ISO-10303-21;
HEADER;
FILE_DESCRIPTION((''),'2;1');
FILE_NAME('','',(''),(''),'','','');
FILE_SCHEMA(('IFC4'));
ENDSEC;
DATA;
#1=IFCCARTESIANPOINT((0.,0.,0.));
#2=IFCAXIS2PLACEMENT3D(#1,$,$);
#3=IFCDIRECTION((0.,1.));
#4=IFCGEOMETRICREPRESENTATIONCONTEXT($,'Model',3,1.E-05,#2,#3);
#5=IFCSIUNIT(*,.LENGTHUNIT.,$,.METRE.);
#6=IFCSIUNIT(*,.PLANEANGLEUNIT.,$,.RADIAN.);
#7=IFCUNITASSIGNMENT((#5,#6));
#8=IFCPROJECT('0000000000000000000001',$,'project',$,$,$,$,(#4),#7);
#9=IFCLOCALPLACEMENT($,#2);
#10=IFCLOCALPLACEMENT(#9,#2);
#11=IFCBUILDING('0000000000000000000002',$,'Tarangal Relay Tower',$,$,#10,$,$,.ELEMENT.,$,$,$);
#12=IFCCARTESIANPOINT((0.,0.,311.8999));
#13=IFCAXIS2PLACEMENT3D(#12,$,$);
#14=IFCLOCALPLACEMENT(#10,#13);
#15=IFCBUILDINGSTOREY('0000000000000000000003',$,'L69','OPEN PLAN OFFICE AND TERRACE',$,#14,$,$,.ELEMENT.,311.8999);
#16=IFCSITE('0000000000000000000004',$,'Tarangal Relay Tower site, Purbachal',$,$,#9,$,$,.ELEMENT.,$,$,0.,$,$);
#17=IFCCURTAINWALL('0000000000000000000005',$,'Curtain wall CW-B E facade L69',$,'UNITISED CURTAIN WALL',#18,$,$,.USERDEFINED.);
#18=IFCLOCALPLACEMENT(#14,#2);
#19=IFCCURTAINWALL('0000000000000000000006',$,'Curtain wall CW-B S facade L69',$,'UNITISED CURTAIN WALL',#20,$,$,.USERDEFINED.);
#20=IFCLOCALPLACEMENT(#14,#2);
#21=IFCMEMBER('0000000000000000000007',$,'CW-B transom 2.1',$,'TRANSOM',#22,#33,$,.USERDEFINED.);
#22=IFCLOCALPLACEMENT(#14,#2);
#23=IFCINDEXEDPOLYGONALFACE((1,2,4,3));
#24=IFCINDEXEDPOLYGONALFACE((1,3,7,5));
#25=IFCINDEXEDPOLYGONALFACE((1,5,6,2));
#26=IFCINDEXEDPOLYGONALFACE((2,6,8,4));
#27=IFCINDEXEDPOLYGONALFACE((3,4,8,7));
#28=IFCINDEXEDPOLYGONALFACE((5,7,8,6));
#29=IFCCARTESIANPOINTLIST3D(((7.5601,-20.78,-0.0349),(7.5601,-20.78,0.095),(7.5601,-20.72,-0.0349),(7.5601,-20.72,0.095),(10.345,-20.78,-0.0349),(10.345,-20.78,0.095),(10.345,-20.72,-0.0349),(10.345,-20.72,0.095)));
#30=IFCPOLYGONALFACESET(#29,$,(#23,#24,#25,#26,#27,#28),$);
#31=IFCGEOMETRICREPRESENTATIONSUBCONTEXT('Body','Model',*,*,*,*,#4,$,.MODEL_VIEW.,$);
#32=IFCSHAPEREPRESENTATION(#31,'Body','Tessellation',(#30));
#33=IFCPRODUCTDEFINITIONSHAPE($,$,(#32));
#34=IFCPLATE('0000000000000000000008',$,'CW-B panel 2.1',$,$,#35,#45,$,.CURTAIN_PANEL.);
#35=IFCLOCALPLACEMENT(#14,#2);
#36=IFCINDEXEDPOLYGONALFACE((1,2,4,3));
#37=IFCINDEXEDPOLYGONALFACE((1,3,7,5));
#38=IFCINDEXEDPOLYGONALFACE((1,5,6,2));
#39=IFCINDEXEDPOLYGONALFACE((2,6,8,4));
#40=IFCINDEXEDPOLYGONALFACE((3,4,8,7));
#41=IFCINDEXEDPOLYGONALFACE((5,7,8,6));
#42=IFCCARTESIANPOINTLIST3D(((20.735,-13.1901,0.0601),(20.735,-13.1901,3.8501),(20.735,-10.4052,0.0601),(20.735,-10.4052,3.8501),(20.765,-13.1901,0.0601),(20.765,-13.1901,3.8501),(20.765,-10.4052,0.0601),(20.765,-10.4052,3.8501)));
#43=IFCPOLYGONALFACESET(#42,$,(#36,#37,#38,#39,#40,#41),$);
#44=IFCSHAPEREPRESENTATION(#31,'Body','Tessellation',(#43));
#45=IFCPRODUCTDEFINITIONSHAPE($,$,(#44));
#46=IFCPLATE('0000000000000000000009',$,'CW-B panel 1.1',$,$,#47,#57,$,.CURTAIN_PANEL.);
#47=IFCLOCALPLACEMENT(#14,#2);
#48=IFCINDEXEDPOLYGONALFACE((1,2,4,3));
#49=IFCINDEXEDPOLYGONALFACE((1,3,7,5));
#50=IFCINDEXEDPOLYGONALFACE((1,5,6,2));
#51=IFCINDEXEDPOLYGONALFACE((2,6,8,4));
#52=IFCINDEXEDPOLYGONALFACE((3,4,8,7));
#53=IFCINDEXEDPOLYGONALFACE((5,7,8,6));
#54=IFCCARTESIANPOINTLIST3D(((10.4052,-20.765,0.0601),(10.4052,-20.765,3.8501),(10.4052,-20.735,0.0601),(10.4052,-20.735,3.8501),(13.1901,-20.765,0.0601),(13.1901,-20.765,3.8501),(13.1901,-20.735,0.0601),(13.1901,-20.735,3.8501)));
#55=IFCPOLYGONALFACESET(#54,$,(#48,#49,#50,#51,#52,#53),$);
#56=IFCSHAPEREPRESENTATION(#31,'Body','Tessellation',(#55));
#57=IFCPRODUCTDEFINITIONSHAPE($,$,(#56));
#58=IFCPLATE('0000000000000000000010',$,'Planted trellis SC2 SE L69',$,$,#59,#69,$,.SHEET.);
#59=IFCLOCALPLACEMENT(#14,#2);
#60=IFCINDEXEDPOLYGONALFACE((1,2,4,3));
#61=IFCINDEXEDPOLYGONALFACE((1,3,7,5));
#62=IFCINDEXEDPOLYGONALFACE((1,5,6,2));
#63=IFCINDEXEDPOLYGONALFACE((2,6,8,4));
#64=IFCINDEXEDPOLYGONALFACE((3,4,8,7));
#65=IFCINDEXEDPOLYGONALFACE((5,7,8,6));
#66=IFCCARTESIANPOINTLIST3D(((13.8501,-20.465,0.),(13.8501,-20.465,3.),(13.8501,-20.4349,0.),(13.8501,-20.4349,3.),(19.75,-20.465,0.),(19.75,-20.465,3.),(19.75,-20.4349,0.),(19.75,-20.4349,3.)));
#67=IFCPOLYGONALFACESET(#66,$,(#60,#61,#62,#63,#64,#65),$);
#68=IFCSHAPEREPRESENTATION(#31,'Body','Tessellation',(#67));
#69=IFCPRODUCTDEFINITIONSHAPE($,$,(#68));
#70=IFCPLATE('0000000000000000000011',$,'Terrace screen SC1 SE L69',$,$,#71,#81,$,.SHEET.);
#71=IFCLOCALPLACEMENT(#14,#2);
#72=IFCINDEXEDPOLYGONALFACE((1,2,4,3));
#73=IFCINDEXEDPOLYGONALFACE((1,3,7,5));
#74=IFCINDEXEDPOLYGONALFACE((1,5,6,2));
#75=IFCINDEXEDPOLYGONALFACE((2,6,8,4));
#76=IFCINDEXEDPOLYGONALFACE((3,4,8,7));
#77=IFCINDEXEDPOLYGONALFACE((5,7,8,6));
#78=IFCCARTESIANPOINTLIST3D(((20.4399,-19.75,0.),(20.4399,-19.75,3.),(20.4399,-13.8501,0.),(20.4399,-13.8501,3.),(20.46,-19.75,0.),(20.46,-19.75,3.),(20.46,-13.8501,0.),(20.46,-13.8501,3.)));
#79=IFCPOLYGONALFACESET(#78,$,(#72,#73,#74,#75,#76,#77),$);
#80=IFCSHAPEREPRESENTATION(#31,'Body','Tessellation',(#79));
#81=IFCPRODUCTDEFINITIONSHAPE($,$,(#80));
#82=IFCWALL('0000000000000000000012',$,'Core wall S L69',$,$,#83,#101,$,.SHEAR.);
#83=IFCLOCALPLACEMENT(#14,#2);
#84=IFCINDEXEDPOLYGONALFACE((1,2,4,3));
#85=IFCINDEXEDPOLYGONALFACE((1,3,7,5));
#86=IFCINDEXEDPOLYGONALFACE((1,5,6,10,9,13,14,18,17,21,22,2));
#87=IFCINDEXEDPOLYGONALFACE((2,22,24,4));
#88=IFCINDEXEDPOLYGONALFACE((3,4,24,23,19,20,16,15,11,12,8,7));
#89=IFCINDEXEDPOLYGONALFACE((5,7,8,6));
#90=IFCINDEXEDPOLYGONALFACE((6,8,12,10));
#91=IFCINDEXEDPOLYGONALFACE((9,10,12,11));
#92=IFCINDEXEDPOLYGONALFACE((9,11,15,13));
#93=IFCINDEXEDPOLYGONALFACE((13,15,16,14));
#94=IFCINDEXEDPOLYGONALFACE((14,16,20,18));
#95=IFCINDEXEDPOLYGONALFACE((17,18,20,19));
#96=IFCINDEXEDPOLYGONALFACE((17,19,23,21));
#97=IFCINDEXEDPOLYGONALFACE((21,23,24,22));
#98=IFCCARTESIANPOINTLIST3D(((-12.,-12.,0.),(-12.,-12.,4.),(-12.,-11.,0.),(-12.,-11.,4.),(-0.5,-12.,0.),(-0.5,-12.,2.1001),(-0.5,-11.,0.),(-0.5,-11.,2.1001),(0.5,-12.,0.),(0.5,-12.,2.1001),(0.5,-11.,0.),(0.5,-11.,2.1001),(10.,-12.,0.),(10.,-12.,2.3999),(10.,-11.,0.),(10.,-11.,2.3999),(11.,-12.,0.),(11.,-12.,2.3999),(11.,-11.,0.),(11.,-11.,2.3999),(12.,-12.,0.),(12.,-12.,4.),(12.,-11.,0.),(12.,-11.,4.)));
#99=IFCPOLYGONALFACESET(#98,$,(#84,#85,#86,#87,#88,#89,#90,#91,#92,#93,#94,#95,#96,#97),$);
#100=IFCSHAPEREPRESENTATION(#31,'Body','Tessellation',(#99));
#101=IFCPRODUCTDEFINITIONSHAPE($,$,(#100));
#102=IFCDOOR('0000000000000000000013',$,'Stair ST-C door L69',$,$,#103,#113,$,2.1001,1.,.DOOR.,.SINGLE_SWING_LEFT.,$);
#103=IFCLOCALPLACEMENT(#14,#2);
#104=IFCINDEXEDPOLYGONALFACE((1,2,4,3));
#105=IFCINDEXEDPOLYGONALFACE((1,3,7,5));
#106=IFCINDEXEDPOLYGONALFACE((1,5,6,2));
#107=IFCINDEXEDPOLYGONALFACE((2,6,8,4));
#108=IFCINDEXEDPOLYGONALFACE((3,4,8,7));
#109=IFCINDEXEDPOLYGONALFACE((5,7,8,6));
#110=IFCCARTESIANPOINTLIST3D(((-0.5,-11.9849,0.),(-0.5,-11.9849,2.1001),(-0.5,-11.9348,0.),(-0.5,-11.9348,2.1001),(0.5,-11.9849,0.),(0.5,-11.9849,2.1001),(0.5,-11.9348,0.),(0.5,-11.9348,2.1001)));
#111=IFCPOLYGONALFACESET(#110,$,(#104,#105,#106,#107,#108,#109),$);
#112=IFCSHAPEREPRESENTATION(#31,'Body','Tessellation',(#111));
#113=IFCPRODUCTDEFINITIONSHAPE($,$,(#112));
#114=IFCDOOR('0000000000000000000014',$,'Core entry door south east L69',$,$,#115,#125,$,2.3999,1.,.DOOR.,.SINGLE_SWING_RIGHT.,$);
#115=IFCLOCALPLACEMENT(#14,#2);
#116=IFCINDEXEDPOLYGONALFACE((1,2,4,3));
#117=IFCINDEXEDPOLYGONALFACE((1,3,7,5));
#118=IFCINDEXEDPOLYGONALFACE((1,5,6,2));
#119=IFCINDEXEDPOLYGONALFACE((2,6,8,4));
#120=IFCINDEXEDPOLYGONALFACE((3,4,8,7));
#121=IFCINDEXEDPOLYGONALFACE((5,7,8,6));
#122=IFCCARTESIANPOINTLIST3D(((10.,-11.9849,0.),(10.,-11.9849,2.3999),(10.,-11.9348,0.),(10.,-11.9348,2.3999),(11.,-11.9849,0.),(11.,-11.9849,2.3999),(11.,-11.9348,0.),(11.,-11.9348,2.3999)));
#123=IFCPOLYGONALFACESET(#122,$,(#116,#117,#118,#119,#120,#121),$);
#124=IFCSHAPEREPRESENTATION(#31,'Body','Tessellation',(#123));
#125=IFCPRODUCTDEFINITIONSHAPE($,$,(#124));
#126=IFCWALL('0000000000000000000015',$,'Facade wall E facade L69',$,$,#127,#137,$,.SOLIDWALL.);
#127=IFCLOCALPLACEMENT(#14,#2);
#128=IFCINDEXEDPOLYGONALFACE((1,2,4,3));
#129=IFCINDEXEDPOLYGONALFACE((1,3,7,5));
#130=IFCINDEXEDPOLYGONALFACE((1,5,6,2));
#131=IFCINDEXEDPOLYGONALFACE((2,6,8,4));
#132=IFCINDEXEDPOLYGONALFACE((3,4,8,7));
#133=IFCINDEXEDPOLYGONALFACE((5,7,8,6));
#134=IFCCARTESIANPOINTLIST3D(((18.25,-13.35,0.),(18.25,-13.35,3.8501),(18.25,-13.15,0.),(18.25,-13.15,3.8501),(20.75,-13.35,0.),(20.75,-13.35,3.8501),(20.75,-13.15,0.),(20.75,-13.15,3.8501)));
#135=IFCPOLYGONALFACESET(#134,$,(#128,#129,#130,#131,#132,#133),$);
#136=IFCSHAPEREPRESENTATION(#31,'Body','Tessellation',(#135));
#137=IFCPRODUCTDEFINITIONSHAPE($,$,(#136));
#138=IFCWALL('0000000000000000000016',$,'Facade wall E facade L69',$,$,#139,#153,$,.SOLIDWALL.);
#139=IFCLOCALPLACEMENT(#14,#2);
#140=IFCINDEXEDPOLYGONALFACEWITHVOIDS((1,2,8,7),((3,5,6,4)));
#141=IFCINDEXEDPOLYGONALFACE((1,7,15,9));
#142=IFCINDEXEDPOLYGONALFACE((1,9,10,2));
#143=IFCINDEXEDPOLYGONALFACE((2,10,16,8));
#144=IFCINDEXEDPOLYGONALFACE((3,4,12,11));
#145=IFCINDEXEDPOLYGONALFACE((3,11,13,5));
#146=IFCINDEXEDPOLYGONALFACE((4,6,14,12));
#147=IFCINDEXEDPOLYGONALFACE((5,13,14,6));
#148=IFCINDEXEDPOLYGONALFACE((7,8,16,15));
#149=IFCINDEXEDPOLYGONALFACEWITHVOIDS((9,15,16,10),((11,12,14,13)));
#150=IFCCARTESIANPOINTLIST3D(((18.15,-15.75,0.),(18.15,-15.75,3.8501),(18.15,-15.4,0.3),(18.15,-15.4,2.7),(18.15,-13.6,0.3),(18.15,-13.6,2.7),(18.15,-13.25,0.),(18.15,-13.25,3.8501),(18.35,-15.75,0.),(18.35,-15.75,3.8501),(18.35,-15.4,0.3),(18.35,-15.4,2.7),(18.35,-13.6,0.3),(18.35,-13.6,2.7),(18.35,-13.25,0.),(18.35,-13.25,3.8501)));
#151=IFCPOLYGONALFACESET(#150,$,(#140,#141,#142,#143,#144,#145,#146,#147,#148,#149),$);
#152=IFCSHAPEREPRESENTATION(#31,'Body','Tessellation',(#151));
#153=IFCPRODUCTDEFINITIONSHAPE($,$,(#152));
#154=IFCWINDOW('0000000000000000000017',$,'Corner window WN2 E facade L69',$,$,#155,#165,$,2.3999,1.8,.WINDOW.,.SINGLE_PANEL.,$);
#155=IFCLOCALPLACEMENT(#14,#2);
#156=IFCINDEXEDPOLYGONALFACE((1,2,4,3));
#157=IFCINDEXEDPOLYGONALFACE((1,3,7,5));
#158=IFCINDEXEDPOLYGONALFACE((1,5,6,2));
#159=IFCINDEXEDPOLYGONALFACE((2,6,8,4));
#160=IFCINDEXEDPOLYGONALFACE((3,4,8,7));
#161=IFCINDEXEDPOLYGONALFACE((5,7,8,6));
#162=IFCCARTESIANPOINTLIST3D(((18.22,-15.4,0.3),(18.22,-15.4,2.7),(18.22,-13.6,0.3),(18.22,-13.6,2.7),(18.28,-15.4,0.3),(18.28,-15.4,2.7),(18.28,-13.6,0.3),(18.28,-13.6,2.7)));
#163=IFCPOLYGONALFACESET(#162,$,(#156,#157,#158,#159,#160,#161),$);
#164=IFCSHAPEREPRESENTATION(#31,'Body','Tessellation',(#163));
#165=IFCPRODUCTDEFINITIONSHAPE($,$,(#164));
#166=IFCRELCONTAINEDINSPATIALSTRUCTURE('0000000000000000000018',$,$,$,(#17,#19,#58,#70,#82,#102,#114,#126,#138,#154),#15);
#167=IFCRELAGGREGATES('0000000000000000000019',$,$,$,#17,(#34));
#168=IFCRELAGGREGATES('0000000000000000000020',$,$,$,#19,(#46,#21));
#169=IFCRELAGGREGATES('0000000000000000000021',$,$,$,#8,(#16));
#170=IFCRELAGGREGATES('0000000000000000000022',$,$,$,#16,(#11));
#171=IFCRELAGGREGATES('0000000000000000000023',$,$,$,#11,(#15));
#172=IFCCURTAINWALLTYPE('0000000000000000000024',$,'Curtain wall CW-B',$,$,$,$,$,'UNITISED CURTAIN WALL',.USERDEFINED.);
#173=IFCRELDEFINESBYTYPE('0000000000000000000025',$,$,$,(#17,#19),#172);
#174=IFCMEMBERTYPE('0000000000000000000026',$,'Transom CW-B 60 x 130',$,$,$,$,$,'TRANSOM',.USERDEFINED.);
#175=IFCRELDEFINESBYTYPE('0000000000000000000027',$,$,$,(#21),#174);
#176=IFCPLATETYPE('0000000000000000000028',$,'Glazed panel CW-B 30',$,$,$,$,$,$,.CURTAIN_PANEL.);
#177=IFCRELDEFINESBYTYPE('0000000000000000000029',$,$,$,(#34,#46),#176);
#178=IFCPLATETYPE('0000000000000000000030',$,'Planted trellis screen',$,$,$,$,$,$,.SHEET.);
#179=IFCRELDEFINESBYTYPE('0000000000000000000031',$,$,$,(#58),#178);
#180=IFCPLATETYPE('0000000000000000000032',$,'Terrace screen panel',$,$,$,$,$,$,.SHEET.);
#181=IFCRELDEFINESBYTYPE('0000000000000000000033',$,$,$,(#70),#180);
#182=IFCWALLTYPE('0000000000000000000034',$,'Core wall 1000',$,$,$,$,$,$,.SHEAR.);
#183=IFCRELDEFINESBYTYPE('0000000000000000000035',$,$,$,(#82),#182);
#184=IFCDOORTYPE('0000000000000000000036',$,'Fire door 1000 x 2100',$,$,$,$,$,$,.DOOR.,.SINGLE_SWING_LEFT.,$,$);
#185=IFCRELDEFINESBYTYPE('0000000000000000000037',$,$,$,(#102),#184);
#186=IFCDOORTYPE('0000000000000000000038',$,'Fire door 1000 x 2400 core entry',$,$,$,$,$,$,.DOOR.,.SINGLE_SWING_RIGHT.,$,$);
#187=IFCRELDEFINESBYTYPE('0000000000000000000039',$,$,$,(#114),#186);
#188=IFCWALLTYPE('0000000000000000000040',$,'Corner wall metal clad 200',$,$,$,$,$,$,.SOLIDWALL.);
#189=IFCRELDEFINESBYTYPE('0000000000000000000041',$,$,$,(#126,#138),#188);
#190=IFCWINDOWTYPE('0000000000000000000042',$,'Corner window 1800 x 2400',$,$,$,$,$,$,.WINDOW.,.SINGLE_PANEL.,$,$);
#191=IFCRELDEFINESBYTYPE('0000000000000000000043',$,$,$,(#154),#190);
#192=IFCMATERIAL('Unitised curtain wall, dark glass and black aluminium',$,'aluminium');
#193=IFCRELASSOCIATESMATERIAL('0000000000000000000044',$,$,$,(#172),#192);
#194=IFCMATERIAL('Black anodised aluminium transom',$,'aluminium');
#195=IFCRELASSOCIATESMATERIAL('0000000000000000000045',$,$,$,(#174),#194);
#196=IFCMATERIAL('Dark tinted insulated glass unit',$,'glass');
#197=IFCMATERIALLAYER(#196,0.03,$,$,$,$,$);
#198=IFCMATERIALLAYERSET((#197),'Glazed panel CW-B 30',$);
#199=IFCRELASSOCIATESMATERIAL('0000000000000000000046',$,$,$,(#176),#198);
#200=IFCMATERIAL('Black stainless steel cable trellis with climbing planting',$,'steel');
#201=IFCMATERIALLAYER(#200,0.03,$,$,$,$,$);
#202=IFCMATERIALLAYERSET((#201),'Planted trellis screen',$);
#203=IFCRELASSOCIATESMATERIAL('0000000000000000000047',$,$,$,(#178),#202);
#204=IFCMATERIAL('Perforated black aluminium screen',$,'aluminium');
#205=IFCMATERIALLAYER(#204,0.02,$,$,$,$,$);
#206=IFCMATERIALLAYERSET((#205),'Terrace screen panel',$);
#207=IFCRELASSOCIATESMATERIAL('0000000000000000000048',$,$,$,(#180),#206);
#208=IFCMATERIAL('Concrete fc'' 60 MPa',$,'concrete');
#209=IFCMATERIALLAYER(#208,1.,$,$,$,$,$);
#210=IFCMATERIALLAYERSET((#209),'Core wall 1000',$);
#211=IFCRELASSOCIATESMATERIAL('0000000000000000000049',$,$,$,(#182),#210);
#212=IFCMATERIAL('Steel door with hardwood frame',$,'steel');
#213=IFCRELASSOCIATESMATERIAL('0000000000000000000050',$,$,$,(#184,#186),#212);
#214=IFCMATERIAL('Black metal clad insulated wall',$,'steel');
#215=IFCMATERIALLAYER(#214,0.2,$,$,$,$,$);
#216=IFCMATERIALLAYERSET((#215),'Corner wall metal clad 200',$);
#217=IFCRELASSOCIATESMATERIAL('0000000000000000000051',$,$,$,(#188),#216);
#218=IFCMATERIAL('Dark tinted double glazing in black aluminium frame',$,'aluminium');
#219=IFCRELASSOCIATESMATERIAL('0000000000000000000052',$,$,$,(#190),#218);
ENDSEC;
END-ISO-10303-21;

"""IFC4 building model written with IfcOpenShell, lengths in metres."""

from ifc_helpers import new_model, si_unit, direction, frame, frame_2d, origin, origin_2d, place, context, subcontext, project, spatial, rectangle, extrude, material, layer, layer_set, material_profile, profile_set, type_object, element, fill, aggregate, save


model = new_model("IFC4")

# Units and contexts
model_context = context("Model", 3, precision=1e-05, world=origin(), true_north=direction((0.0, 1.0)))
body_context = subcontext(model_context, "Body", "Model", "MODEL_VIEW")
ifc_project = project(units=[si_unit("LENGTHUNIT", "METRE"), si_unit("PLANEANGLEUNIT", "RADIAN")], contexts=[model_context])

# Site, building, storey
site_placement = place(None, origin())
site = spatial("IfcSite", under=ifc_project, at=site_placement, Name="Tarangal Relay Tower site, Purbachal", CompositionType="ELEMENT", RefElevation=0.0)
building_placement = place(site_placement, origin())
building = spatial("IfcBuilding", under=site, at=building_placement, Name="Tarangal Relay Tower", CompositionType="ELEMENT")
storey_placement = place(building_placement, frame((0.0, 0.0, 311.8999)))
storey = spatial("IfcBuildingStorey", under=building, at=storey_placement, Name="L69", Description="OPEN PLAN OFFICE AND TERRACE", CompositionType="ELEMENT", Elevation=311.8999)

# Curtain wall
ifc_material_1 = material(Name="Unitised curtain wall, dark glass and black aluminium", Category="aluminium")
curtain_wall_type = type_object("IfcCurtainWallType", Name="Curtain wall CW-B", ElementType="UNITISED CURTAIN WALL", PredefinedType="USERDEFINED", material=ifc_material_1)
curtain_wall_1_placement = place(storey_placement, origin())
curtain_wall_1 = element("IfcCurtainWall", 1, at=curtain_wall_1_placement, inside=storey, type_object=curtain_wall_type, Name="Curtain wall CW-B E facade L69", ObjectType="UNITISED CURTAIN WALL", PredefinedType="USERDEFINED")

# Curtain wall, member
curtain_wall_2_placement = place(storey_placement, origin())
curtain_wall_2 = element("IfcCurtainWall", 2, at=curtain_wall_2_placement, inside=storey, type_object=curtain_wall_type, Name="Curtain wall CW-B S facade L69", ObjectType="UNITISED CURTAIN WALL", PredefinedType="USERDEFINED")
ifc_material_2 = material(Name="Black anodised aluminium transom", Category="aluminium")
ifc_material_profile_1 = material_profile(ifc_material_2, rectangle(XDim=0.0601, YDim=0.1299, at=origin_2d()), Name="CW-BT 60X130")
ifc_profile_set_1 = profile_set([ifc_material_profile_1], Name="Black anodised aluminium transom")
member_type_1 = type_object("IfcMemberType", Name="Transom CW-B 60 x 130", ElementType="TRANSOM", PredefinedType="USERDEFINED", material=ifc_profile_set_1)
member_1_placement = place(storey_placement, frame((10.345, -20.75, 0.03), z_axis=(-1.0, 0.0, 0.0), x_axis=(0.0, -1.0, 0.0)))
member_1 = element("IfcMember", 3, at=member_1_placement, type_object=member_type_1, Name="CW-B transom 2.1", ObjectType="TRANSOM", PredefinedType="USERDEFINED", context=body_context, shape_type="SweptSolid", body=[
    extrude(rectangle(XDim=0.0601, YDim=0.1299, at=origin_2d()), origin(), (0.0, 0.0, 1.0), 2.7849),
])

# Plates
ifc_material_3 = material(Name="Dark tinted insulated glass unit", Category="glass")
ifc_layer_1 = layer(ifc_material_3, 0.03)
ifc_layer_set_1 = layer_set([ifc_layer_1], Name="Glazed panel CW-B 30")
plate_type_1 = type_object("IfcPlateType", Name="Glazed panel CW-B 30", PredefinedType="CURTAIN_PANEL", material=ifc_layer_set_1)
plate_1_placement = place(storey_placement, frame((20.75, -11.7976, 0.0601), z_axis=(0.0, 0.0, 1.0), x_axis=(0.0, -1.0, 0.0)))
plate_1 = element("IfcPlate", 4, at=plate_1_placement, type_object=plate_type_1, Name="CW-B panel 2.1", PredefinedType="CURTAIN_PANEL", context=body_context, shape_type="SweptSolid", body=[
    extrude(rectangle(XDim=2.7849, YDim=0.03, at=origin_2d()), origin(), (0.0, 0.0, 1.0), 3.79),
])
aggregate(curtain_wall_1, [plate_1])
plate_2_placement = place(storey_placement, frame((11.7976, -20.75, 0.0601), z_axis=(0.0, 0.0, 1.0), x_axis=(-1.0, 0.0, 0.0)))
plate_2 = element("IfcPlate", 5, at=plate_2_placement, type_object=plate_type_1, Name="CW-B panel 1.1", PredefinedType="CURTAIN_PANEL", context=body_context, shape_type="SweptSolid", body=[
    extrude(rectangle(XDim=2.7849, YDim=0.03, at=origin_2d()), origin(), (0.0, 0.0, 1.0), 3.79),
])
aggregate(curtain_wall_2, [plate_2, member_1])

# Plates
ifc_material_4 = material(Name="Black stainless steel cable trellis with climbing planting", Category="steel")
ifc_layer_2 = layer(ifc_material_4, 0.03)
ifc_layer_set_2 = layer_set([ifc_layer_2], Name="Planted trellis screen")
plate_type_2 = type_object("IfcPlateType", Name="Planted trellis screen", PredefinedType="SHEET", material=ifc_layer_set_2)
plate_3_placement = place(storey_placement, frame((16.8, -20.45, 0.0), z_axis=(0.0, 0.0, 1.0), x_axis=(-1.0, 0.0, 0.0)))
element("IfcPlate", 6, at=plate_3_placement, inside=storey, type_object=plate_type_2, Name="Planted trellis SC2 SE L69", PredefinedType="SHEET", context=body_context, shape_type="SweptSolid", body=[
    extrude(rectangle(XDim=5.8999, YDim=0.03, at=origin_2d()), origin(), (0.0, 0.0, 1.0), 3.0),
])
ifc_material_5 = material(Name="Perforated black aluminium screen", Category="aluminium")
ifc_layer_3 = layer(ifc_material_5, 0.02)
ifc_layer_set_3 = layer_set([ifc_layer_3], Name="Terrace screen panel")
plate_type_3 = type_object("IfcPlateType", Name="Terrace screen panel", PredefinedType="SHEET", material=ifc_layer_set_3)
plate_4_placement = place(storey_placement, frame((20.45, -16.8, 0.0), z_axis=(0.0, 0.0, 1.0), x_axis=(0.0, -1.0, 0.0)))
element("IfcPlate", 7, at=plate_4_placement, inside=storey, type_object=plate_type_3, Name="Terrace screen SC1 SE L69", PredefinedType="SHEET", context=body_context, shape_type="SweptSolid", body=[
    extrude(rectangle(XDim=5.8999, YDim=0.02, at=origin_2d()), origin(), (0.0, 0.0, 1.0), 3.0),
])

# Wall, openings, doors
ifc_material_6 = material(Name="Concrete fc' 60 MPa", Category="concrete")
ifc_layer_4 = layer(ifc_material_6, 1.0)
ifc_layer_set_4 = layer_set([ifc_layer_4], Name="Core wall 1000")
wall_type_1 = type_object("IfcWallType", Name="Core wall 1000", PredefinedType="SHEAR", material=ifc_layer_set_4)
wall_1_placement = place(storey_placement, frame((12.0, -11.5, 0.0), z_axis=(0.0, 0.0, 1.0), x_axis=(-1.0, 0.0, 0.0)))
wall_1 = element("IfcWall", 8, at=wall_1_placement, inside=storey, type_object=wall_type_1, Name="Core wall S L69", PredefinedType="SHEAR", context=body_context, shape_type="SweptSolid", body=[
    extrude(rectangle(XDim=24.0, YDim=1.0, at=frame_2d((12.0, 0.0))), origin(), (0.0, 0.0, 1.0), 4.0),
])
opening_1_placement = place(wall_1_placement, frame((11.5, 0.0, 0.0)))
opening_1 = element("IfcOpeningElement", 9, at=opening_1_placement, cuts=wall_1, PredefinedType="OPENING", context=body_context, shape_type="SweptSolid", body=[
    extrude(rectangle(XDim=1.0, YDim=2.1001, at=frame_2d((0.5, 1.05))), frame((0.0, 0.51, 0.0), z_axis=(0.0, -1.0, 0.0), x_axis=(1.0, 0.0, 0.0)), (0.0, 0.0, 1.0), 1.02),
])
opening_2_placement = place(wall_1_placement, frame((1.0, 0.0, 0.0)))
opening_2 = element("IfcOpeningElement", 10, at=opening_2_placement, cuts=wall_1, PredefinedType="OPENING", context=body_context, shape_type="SweptSolid", body=[
    extrude(rectangle(XDim=1.0, YDim=2.3999, at=frame_2d((0.5, 1.2))), frame((0.0, 0.51, 0.0), z_axis=(0.0, -1.0, 0.0), x_axis=(1.0, 0.0, 0.0)), (0.0, 0.0, 1.0), 1.02),
])
ifc_material_7 = material(Name="Steel door with hardwood frame", Category="steel")
door_type_1 = type_object("IfcDoorType", Name="Fire door 1000 x 2100", OperationType="SINGLE_SWING_LEFT", PredefinedType="DOOR", material=ifc_material_7)
door_1_placement = place(opening_1_placement, origin())
door_1 = element("IfcDoor", 11, at=door_1_placement, inside=storey, type_object=door_type_1, Name="Stair ST-C door L69", OperationType="SINGLE_SWING_LEFT", OverallHeight=2.1001, OverallWidth=1.0, PredefinedType="DOOR", context=body_context, shape_type="SweptSolid", body=[
    extrude(rectangle(XDim=1.0, YDim=2.1001, at=frame_2d((0.5, 1.05))), frame((0.0, 0.4849, 0.0), z_axis=(0.0, -1.0, 0.0), x_axis=(1.0, 0.0, 0.0)), (0.0, 0.0, 1.0), 0.05),
])
fill(opening_1, door_1)
door_type_2 = type_object("IfcDoorType", Name="Fire door 1000 x 2400 core entry", OperationType="SINGLE_SWING_RIGHT", PredefinedType="DOOR", material=ifc_material_7)
door_2_placement = place(opening_2_placement, origin())
door_2 = element("IfcDoor", 12, at=door_2_placement, inside=storey, type_object=door_type_2, Name="Core entry door south east L69", OperationType="SINGLE_SWING_RIGHT", OverallHeight=2.3999, OverallWidth=1.0, PredefinedType="DOOR", context=body_context, shape_type="SweptSolid", body=[
    extrude(rectangle(XDim=1.0, YDim=2.3999, at=frame_2d((0.5, 1.2))), frame((0.0, 0.4849, 0.0), z_axis=(0.0, -1.0, 0.0), x_axis=(1.0, 0.0, 0.0)), (0.0, 0.0, 1.0), 0.05),
])
fill(opening_2, door_2)

# Wall
ifc_material_8 = material(Name="Black metal clad insulated wall", Category="steel")
ifc_layer_5 = layer(ifc_material_8, 0.2)
ifc_layer_set_5 = layer_set([ifc_layer_5], Name="Corner wall metal clad 200")
wall_type_2 = type_object("IfcWallType", Name="Corner wall metal clad 200", PredefinedType="SOLIDWALL", material=ifc_layer_set_5)
wall_2_placement = place(storey_placement, frame((20.75, -13.25, 0.0), z_axis=(0.0, 0.0, 1.0), x_axis=(-1.0, 0.0, 0.0)))
element("IfcWall", 13, at=wall_2_placement, inside=storey, type_object=wall_type_2, Name="Facade wall E facade L69", PredefinedType="SOLIDWALL", context=body_context, shape_type="SweptSolid", body=[
    extrude(rectangle(XDim=2.5, YDim=0.2, at=frame_2d((1.25, 0.0))), origin(), (0.0, 0.0, 1.0), 3.8501),
])

# Wall, opening, window
wall_3_placement = place(storey_placement, frame((18.25, -13.25, 0.0), z_axis=(0.0, 0.0, 1.0), x_axis=(0.0, -1.0, 0.0)))
wall_3 = element("IfcWall", 14, at=wall_3_placement, inside=storey, type_object=wall_type_2, Name="Facade wall E facade L69", PredefinedType="SOLIDWALL", context=body_context, shape_type="SweptSolid", body=[
    extrude(rectangle(XDim=2.5, YDim=0.2, at=frame_2d((1.25, 0.0))), origin(), (0.0, 0.0, 1.0), 3.8501),
])
opening_3_placement = place(wall_3_placement, frame((0.3501, 0.0, 0.3)))
opening_3 = element("IfcOpeningElement", 15, at=opening_3_placement, cuts=wall_3, PredefinedType="OPENING", context=body_context, shape_type="SweptSolid", body=[
    extrude(rectangle(XDim=1.8, YDim=2.3999, at=frame_2d((0.8999, 1.2))), frame((0.0, 0.1099, 0.0), z_axis=(0.0, -1.0, 0.0), x_axis=(1.0, 0.0, 0.0)), (0.0, 0.0, 1.0), 0.22),
])
ifc_material_9 = material(Name="Dark tinted double glazing in black aluminium frame", Category="aluminium")
window_type = type_object("IfcWindowType", Name="Corner window 1800 x 2400", PartitioningType="SINGLE_PANEL", PredefinedType="WINDOW", material=ifc_material_9)
window_1_placement = place(opening_3_placement, origin())
window_1 = element("IfcWindow", 16, at=window_1_placement, inside=storey, type_object=window_type, Name="Corner window WN2 E facade L69", OverallHeight=2.3999, OverallWidth=1.8, PartitioningType="SINGLE_PANEL", PredefinedType="WINDOW", context=body_context, shape_type="SweptSolid", body=[
    extrude(rectangle(XDim=1.8, YDim=2.3999, at=frame_2d((0.8999, 1.2))), frame((0.0, 0.03, 0.0), z_axis=(0.0, -1.0, 0.0), x_axis=(1.0, 0.0, 0.0)), (0.0, 0.0, 1.0), 0.0601),
])
fill(opening_3, window_1)

save(model, "model.ifc")
